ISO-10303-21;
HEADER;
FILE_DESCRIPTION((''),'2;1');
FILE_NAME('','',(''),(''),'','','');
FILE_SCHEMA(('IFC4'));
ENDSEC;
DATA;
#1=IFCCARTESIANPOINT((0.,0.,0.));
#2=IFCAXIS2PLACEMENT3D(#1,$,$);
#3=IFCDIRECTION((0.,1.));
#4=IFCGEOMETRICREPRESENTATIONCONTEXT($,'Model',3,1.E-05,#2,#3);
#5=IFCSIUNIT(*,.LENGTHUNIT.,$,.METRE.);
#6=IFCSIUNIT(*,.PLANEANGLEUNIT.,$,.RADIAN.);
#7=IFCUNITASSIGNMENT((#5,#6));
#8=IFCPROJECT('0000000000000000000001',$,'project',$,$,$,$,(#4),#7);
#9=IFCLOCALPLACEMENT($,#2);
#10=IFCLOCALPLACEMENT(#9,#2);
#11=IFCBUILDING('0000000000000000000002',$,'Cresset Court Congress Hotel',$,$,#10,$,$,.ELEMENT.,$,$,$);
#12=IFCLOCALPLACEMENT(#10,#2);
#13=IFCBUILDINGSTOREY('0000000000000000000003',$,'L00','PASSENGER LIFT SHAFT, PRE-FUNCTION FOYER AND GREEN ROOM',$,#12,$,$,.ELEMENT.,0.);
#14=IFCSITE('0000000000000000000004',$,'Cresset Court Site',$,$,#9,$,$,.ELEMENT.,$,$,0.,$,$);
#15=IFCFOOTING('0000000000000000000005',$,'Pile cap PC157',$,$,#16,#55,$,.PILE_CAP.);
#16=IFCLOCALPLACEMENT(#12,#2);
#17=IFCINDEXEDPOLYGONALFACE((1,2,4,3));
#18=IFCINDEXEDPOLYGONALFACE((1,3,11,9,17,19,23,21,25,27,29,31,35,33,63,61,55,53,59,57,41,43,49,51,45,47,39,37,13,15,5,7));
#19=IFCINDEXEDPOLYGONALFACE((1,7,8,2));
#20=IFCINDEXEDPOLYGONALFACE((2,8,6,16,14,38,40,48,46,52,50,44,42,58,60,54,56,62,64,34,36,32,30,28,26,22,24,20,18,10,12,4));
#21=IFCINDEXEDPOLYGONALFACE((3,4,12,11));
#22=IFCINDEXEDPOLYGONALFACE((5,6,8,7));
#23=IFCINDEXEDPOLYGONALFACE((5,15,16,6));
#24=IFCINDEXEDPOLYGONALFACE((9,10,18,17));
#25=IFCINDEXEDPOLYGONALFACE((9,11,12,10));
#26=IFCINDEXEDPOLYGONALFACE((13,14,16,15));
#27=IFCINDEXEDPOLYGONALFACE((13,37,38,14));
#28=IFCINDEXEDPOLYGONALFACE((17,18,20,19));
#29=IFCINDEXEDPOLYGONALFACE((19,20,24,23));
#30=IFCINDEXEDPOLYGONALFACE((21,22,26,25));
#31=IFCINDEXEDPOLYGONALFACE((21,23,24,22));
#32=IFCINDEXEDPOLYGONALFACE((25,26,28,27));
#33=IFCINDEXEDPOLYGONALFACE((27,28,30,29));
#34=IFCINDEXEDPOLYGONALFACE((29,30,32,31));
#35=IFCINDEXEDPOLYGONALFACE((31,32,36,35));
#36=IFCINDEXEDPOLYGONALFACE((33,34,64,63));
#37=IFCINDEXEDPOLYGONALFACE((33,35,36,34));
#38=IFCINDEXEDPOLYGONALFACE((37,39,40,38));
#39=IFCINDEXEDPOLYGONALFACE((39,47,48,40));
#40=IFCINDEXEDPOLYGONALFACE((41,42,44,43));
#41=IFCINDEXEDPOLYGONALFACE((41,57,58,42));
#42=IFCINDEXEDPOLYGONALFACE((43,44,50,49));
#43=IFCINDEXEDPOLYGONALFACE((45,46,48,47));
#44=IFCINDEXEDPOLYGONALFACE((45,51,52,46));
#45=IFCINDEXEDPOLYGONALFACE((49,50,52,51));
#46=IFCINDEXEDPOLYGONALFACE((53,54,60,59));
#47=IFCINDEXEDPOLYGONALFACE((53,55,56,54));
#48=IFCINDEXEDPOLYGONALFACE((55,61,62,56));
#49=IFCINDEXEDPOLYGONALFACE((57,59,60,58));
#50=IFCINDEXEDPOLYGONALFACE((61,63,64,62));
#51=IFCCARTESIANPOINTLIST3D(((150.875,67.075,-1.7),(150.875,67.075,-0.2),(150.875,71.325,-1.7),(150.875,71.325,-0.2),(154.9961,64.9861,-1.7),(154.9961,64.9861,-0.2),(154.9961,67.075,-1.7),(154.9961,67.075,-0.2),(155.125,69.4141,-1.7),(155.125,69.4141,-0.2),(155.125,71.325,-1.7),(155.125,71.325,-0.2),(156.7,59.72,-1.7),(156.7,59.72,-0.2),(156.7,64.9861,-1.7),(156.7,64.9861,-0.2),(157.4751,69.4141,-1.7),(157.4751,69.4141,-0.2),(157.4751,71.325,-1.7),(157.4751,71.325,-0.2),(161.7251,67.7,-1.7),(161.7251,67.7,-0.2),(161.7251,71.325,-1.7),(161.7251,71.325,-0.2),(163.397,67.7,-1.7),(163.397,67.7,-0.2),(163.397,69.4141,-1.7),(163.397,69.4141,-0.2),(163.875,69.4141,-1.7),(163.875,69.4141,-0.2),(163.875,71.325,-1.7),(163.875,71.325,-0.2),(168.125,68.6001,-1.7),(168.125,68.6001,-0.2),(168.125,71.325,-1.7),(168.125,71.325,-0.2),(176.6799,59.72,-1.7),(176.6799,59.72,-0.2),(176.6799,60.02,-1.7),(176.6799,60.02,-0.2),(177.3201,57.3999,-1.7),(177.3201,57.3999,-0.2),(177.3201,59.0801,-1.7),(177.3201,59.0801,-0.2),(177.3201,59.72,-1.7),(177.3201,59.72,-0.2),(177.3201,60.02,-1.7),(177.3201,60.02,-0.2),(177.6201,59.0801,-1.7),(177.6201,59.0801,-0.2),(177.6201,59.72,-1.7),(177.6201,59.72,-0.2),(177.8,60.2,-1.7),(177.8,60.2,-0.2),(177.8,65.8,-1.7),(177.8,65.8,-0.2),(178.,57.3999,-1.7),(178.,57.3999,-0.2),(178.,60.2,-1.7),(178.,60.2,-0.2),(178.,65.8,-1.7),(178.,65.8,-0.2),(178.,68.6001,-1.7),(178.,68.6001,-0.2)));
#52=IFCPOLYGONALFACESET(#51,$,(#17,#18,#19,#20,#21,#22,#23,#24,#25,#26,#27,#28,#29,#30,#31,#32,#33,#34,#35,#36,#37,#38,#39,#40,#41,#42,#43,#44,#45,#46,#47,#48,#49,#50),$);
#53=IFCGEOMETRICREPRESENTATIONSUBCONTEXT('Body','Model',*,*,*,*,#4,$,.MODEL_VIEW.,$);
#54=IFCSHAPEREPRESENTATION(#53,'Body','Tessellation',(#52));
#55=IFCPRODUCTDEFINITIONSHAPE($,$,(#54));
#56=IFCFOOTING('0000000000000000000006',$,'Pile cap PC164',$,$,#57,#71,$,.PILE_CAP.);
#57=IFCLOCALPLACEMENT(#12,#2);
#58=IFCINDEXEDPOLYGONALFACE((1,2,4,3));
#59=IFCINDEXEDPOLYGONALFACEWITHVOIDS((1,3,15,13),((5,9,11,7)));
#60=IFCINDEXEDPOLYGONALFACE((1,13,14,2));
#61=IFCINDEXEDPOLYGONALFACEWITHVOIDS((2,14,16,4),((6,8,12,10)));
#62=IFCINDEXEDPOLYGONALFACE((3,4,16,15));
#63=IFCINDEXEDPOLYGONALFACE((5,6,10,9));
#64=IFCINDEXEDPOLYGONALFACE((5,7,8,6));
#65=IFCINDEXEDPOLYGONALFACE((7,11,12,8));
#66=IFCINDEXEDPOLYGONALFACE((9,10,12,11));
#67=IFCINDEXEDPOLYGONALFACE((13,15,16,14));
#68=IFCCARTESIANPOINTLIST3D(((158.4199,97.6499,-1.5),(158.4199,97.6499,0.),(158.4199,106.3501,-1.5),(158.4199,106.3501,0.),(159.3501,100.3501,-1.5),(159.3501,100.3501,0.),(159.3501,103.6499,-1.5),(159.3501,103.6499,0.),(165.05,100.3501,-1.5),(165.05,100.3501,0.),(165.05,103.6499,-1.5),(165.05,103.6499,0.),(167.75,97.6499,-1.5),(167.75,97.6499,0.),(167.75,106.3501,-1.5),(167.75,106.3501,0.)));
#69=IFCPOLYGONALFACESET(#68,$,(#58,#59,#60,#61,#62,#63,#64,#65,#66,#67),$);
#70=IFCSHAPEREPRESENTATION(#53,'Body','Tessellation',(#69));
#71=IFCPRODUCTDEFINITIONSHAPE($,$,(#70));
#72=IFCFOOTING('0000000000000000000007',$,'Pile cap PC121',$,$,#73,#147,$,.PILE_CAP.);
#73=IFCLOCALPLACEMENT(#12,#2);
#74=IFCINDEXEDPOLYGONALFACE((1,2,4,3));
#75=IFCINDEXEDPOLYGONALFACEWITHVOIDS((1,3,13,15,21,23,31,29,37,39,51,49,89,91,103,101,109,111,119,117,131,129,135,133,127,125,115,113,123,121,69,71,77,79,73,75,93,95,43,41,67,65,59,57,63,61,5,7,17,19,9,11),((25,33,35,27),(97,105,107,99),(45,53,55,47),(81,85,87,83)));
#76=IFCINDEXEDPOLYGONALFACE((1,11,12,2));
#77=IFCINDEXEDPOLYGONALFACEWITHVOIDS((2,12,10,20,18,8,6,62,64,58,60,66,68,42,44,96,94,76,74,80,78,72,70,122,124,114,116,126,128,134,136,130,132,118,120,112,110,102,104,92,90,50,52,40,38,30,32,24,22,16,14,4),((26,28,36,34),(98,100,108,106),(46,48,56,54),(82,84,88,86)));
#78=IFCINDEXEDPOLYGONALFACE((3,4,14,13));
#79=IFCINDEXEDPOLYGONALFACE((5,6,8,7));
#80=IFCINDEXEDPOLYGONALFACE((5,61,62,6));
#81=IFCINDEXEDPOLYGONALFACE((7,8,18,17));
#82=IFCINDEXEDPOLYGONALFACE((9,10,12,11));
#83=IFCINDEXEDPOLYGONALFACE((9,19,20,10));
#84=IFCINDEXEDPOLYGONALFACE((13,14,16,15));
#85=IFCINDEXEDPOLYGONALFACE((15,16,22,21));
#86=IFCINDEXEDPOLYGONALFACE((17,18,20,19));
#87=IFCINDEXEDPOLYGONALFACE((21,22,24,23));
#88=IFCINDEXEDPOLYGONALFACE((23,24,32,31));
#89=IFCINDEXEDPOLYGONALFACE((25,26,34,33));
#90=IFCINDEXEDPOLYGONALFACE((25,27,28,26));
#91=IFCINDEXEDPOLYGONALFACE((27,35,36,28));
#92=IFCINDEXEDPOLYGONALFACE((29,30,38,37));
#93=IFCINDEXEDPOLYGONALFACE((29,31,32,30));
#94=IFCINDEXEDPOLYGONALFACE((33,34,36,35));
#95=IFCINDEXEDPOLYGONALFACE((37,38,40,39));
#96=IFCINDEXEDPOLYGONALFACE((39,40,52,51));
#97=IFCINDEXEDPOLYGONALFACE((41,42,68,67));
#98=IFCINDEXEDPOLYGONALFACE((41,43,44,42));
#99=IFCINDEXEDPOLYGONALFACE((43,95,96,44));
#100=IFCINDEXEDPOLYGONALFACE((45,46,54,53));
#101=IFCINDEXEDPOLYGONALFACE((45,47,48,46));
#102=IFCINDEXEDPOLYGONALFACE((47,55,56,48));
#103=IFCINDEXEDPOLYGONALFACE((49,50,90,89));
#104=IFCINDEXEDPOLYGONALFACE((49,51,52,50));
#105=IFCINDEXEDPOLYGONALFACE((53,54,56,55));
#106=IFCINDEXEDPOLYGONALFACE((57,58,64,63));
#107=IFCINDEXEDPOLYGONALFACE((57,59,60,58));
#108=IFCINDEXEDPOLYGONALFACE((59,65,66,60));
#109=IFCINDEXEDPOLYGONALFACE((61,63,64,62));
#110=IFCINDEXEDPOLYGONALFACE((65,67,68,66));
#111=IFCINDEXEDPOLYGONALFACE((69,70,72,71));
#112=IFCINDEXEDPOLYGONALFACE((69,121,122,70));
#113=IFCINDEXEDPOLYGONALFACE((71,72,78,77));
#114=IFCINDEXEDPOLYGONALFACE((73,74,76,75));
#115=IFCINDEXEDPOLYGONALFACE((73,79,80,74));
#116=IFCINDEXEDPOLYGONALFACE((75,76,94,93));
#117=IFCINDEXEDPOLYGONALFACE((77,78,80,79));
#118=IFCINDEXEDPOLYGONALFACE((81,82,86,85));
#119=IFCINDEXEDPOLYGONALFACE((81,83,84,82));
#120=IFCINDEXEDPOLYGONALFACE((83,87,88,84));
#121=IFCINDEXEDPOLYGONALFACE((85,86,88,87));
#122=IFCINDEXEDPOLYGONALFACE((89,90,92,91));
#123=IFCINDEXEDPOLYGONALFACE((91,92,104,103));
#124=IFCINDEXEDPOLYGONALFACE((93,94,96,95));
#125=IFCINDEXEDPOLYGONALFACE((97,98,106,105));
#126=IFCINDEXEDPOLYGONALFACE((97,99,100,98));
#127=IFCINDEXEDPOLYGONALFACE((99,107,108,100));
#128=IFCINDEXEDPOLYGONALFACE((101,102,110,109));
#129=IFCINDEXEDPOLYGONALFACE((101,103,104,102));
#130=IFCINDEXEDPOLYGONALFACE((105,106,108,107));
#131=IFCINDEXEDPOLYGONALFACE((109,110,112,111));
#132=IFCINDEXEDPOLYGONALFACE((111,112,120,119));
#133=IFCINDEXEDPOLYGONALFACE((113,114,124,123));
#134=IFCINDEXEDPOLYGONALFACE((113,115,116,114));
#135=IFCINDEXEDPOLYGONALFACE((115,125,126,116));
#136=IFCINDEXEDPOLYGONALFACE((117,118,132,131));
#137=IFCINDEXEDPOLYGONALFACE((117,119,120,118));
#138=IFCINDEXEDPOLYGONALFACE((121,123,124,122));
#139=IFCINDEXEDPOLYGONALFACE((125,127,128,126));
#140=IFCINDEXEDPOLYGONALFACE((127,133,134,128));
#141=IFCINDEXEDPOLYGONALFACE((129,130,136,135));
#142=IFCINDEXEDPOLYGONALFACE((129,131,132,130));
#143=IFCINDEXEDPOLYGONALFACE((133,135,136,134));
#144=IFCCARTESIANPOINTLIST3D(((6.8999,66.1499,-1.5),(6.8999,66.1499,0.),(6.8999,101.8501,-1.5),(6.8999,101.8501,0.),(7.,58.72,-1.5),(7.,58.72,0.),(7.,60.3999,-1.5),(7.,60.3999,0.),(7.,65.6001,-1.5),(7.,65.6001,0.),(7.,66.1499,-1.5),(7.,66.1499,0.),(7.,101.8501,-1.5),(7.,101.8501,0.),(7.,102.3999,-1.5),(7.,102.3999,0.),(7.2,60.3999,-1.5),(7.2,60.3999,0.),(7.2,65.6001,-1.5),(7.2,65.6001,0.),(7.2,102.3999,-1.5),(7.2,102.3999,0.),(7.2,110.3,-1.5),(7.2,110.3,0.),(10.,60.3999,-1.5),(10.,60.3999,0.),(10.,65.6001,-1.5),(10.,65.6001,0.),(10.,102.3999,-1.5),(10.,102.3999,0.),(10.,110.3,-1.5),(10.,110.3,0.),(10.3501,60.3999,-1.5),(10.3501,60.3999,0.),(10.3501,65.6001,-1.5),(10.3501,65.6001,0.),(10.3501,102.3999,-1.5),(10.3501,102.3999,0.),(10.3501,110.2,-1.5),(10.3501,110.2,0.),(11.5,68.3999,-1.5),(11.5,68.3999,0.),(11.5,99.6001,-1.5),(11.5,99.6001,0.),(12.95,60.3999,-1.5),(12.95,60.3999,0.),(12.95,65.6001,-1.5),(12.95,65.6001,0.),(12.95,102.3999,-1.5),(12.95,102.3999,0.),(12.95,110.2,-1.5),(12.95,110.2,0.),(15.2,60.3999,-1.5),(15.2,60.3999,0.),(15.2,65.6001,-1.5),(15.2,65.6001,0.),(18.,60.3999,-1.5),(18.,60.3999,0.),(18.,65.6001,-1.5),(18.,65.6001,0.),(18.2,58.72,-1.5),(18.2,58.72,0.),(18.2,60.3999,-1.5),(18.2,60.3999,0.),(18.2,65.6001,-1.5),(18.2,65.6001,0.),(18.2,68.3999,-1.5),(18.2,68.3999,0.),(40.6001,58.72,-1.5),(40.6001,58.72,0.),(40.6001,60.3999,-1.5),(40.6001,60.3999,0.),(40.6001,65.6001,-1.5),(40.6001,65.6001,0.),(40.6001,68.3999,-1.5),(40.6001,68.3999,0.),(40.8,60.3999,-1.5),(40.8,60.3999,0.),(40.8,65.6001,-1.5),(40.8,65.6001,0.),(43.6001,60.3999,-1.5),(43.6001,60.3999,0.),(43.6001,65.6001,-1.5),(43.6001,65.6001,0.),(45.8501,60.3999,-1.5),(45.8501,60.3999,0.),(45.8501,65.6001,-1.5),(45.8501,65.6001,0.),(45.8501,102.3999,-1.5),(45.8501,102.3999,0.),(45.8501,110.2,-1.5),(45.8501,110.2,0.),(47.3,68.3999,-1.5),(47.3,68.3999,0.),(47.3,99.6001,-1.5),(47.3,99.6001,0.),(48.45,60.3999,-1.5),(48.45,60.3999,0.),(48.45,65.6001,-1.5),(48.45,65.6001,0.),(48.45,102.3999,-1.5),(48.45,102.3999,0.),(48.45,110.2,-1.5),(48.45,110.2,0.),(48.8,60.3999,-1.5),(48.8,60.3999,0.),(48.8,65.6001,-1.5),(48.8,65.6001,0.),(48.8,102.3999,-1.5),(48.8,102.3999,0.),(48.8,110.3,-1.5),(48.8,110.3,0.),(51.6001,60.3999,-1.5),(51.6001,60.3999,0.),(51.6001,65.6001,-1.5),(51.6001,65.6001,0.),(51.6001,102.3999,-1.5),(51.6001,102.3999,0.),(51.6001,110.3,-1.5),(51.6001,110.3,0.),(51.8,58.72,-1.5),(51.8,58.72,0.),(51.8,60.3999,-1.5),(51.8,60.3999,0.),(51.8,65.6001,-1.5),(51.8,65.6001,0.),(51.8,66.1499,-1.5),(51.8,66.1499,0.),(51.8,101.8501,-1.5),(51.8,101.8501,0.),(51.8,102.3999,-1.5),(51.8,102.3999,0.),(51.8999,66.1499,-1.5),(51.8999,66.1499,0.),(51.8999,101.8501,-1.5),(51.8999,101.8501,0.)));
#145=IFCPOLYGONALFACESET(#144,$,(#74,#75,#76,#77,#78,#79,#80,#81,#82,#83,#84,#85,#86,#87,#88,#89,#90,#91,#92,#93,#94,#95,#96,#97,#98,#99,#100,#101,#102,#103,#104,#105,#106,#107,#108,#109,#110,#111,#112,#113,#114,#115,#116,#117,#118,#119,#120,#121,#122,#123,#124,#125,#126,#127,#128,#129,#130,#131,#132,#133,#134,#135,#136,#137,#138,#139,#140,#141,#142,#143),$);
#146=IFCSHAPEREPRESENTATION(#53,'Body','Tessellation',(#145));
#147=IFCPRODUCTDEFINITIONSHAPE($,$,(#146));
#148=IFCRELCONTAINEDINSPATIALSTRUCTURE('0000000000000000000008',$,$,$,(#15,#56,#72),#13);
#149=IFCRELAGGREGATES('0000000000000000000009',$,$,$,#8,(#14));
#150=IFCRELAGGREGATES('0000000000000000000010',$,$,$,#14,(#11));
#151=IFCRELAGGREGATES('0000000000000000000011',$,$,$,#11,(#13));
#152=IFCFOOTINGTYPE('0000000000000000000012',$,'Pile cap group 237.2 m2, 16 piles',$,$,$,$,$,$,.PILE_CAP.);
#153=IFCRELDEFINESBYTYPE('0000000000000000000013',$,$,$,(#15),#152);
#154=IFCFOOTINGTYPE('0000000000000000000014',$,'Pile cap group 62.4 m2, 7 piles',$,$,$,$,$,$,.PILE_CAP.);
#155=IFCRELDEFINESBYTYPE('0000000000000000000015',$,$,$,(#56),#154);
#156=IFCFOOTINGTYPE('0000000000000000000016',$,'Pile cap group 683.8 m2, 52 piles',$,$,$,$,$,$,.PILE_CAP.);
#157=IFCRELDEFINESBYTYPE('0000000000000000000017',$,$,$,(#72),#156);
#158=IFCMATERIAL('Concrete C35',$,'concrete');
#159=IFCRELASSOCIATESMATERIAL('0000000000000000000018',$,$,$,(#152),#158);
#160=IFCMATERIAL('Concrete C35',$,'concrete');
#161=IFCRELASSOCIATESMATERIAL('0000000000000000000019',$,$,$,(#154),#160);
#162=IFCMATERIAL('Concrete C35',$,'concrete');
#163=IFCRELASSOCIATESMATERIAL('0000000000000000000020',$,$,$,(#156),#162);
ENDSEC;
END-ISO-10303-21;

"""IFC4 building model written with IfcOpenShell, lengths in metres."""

from ifc_helpers import new_model, si_unit, direction, frame, origin, place, context, subcontext, project, spatial, polyline, outline, extrude, material, type_object, element, save


model = new_model("IFC4")

# Units and contexts
model_context = context("Model", 3, precision=1e-05, world=origin(), true_north=direction((0.0, 1.0)))
body_context = subcontext(model_context, "Body", "Model", "MODEL_VIEW")
ifc_project = project(units=[si_unit("LENGTHUNIT", "METRE"), si_unit("PLANEANGLEUNIT", "RADIAN")], contexts=[model_context])

# Site, building, storey
site_placement = place(None, origin())
site = spatial("IfcSite", under=ifc_project, at=site_placement, Name="Cresset Court Site", CompositionType="ELEMENT", RefElevation=0.0)
building_placement = place(site_placement, origin())
building = spatial("IfcBuilding", under=site, at=building_placement, Name="Cresset Court Congress Hotel", CompositionType="ELEMENT")
storey_placement = place(building_placement, origin())
storey = spatial("IfcBuildingStorey", under=building, at=storey_placement, Name="L00", Description="PASSENGER LIFT SHAFT, PRE-FUNCTION FOYER AND GREEN ROOM", CompositionType="ELEMENT", Elevation=0.0)

# Footings
ifc_material_1 = material(Name="Concrete C35", Category="concrete")
footing_type_1 = type_object("IfcFootingType", Name="Pile cap group 237.2 m2, 16 piles", PredefinedType="PILE_CAP", material=ifc_material_1)
footing_1_placement = place(storey_placement, frame((0.0, 0.0, -1.7)))
element("IfcFooting", 1, at=footing_1_placement, inside=storey, type_object=footing_type_1, Name="Pile cap PC157", PredefinedType="PILE_CAP", context=body_context, shape_type="SweptSolid", body=[
    extrude(outline(polyline([(163.397, 67.7), (163.397, 69.4141), (163.875, 69.4141), (163.875, 71.325), (168.125, 71.325), (168.125, 68.6001), (178.0, 68.6001), (178.0, 65.8), (177.8, 65.8), (177.8, 60.2), (178.0, 60.2), (178.0, 57.3999), (177.3201, 57.3999), (177.3201, 59.0801), (177.6201, 59.0801), (177.6201, 59.72), (177.3201, 59.72), (177.3201, 60.02), (176.6799, 60.02), (176.6799, 59.72), (156.7, 59.72), (156.7, 64.9861), (154.9961, 64.9861), (154.9961, 67.075), (150.875, 67.075), (150.875, 71.325), (155.125, 71.325), (155.125, 69.4141), (157.4751, 69.4141), (157.4751, 71.325), (161.7251, 71.325), (161.7251, 67.7), (163.397, 67.7)])), origin(), (0.0, 0.0, 1.0), 1.5),
])
ifc_material_2 = material(Name="Concrete C35", Category="concrete")
footing_type_2 = type_object("IfcFootingType", Name="Pile cap group 62.4 m2, 7 piles", PredefinedType="PILE_CAP", material=ifc_material_2)
footing_2_placement = place(storey_placement, frame((0.0, 0.0, -1.5)))
element("IfcFooting", 2, at=footing_2_placement, inside=storey, type_object=footing_type_2, Name="Pile cap PC164", PredefinedType="PILE_CAP", context=body_context, shape_type="SweptSolid", body=[
    extrude(outline(polyline([(158.4199, 97.6499), (158.4199, 106.3501), (167.75, 106.3501), (167.75, 97.6499), (158.4199, 97.6499)]), holes=[polyline([(165.05, 100.3501), (165.05, 103.6499), (159.3501, 103.6499), (159.3501, 100.3501), (165.05, 100.3501)])]), origin(), (0.0, 0.0, 1.0), 1.5),
])
ifc_material_3 = material(Name="Concrete C35", Category="concrete")
footing_type_3 = type_object("IfcFootingType", Name="Pile cap group 683.8 m2, 52 piles", PredefinedType="PILE_CAP", material=ifc_material_3)
footing_3_placement = place(storey_placement, frame((0.0, 0.0, -1.5)))
element("IfcFooting", 3, at=footing_3_placement, inside=storey, type_object=footing_type_3, Name="Pile cap PC121", PredefinedType="PILE_CAP", context=body_context, shape_type="SweptSolid", body=[
    extrude(outline(polyline([(7.2, 110.3), (10.0, 110.3), (10.0, 102.3999), (10.3501, 102.3999), (10.3501, 110.2), (12.95, 110.2), (12.95, 102.3999), (45.8501, 102.3999), (45.8501, 110.2), (48.45, 110.2), (48.45, 102.3999), (48.8, 102.3999), (48.8, 110.3), (51.6001, 110.3), (51.6001, 102.3999), (51.8, 102.3999), (51.8, 101.8501), (51.8999, 101.8501), (51.8999, 66.1499), (51.8, 66.1499), (51.8, 65.6001), (51.6001, 65.6001), (51.6001, 60.3999), (51.8, 60.3999), (51.8, 58.72), (40.6001, 58.72), (40.6001, 60.3999), (40.8, 60.3999), (40.8, 65.6001), (40.6001, 65.6001), (40.6001, 68.3999), (47.3, 68.3999), (47.3, 99.6001), (11.5, 99.6001), (11.5, 68.3999), (18.2, 68.3999), (18.2, 65.6001), (18.0, 65.6001), (18.0, 60.3999), (18.2, 60.3999), (18.2, 58.72), (7.0, 58.72), (7.0, 60.3999), (7.2, 60.3999), (7.2, 65.6001), (7.0, 65.6001), (7.0, 66.1499), (6.8999, 66.1499), (6.8999, 101.8501), (7.0, 101.8501), (7.0, 102.3999), (7.2, 102.3999), (7.2, 110.3)]), holes=[polyline([(48.8, 65.6001), (48.45, 65.6001), (48.45, 60.3999), (48.8, 60.3999), (48.8, 65.6001)]), polyline([(45.8501, 65.6001), (43.6001, 65.6001), (43.6001, 60.3999), (45.8501, 60.3999), (45.8501, 65.6001)]), polyline([(12.95, 60.3999), (15.2, 60.3999), (15.2, 65.6001), (12.95, 65.6001), (12.95, 60.3999)]), polyline([(10.0, 60.3999), (10.3501, 60.3999), (10.3501, 65.6001), (10.0, 65.6001), (10.0, 60.3999)])]), origin(), (0.0, 0.0, 1.0), 1.5),
])

save(model, "model.ifc")
